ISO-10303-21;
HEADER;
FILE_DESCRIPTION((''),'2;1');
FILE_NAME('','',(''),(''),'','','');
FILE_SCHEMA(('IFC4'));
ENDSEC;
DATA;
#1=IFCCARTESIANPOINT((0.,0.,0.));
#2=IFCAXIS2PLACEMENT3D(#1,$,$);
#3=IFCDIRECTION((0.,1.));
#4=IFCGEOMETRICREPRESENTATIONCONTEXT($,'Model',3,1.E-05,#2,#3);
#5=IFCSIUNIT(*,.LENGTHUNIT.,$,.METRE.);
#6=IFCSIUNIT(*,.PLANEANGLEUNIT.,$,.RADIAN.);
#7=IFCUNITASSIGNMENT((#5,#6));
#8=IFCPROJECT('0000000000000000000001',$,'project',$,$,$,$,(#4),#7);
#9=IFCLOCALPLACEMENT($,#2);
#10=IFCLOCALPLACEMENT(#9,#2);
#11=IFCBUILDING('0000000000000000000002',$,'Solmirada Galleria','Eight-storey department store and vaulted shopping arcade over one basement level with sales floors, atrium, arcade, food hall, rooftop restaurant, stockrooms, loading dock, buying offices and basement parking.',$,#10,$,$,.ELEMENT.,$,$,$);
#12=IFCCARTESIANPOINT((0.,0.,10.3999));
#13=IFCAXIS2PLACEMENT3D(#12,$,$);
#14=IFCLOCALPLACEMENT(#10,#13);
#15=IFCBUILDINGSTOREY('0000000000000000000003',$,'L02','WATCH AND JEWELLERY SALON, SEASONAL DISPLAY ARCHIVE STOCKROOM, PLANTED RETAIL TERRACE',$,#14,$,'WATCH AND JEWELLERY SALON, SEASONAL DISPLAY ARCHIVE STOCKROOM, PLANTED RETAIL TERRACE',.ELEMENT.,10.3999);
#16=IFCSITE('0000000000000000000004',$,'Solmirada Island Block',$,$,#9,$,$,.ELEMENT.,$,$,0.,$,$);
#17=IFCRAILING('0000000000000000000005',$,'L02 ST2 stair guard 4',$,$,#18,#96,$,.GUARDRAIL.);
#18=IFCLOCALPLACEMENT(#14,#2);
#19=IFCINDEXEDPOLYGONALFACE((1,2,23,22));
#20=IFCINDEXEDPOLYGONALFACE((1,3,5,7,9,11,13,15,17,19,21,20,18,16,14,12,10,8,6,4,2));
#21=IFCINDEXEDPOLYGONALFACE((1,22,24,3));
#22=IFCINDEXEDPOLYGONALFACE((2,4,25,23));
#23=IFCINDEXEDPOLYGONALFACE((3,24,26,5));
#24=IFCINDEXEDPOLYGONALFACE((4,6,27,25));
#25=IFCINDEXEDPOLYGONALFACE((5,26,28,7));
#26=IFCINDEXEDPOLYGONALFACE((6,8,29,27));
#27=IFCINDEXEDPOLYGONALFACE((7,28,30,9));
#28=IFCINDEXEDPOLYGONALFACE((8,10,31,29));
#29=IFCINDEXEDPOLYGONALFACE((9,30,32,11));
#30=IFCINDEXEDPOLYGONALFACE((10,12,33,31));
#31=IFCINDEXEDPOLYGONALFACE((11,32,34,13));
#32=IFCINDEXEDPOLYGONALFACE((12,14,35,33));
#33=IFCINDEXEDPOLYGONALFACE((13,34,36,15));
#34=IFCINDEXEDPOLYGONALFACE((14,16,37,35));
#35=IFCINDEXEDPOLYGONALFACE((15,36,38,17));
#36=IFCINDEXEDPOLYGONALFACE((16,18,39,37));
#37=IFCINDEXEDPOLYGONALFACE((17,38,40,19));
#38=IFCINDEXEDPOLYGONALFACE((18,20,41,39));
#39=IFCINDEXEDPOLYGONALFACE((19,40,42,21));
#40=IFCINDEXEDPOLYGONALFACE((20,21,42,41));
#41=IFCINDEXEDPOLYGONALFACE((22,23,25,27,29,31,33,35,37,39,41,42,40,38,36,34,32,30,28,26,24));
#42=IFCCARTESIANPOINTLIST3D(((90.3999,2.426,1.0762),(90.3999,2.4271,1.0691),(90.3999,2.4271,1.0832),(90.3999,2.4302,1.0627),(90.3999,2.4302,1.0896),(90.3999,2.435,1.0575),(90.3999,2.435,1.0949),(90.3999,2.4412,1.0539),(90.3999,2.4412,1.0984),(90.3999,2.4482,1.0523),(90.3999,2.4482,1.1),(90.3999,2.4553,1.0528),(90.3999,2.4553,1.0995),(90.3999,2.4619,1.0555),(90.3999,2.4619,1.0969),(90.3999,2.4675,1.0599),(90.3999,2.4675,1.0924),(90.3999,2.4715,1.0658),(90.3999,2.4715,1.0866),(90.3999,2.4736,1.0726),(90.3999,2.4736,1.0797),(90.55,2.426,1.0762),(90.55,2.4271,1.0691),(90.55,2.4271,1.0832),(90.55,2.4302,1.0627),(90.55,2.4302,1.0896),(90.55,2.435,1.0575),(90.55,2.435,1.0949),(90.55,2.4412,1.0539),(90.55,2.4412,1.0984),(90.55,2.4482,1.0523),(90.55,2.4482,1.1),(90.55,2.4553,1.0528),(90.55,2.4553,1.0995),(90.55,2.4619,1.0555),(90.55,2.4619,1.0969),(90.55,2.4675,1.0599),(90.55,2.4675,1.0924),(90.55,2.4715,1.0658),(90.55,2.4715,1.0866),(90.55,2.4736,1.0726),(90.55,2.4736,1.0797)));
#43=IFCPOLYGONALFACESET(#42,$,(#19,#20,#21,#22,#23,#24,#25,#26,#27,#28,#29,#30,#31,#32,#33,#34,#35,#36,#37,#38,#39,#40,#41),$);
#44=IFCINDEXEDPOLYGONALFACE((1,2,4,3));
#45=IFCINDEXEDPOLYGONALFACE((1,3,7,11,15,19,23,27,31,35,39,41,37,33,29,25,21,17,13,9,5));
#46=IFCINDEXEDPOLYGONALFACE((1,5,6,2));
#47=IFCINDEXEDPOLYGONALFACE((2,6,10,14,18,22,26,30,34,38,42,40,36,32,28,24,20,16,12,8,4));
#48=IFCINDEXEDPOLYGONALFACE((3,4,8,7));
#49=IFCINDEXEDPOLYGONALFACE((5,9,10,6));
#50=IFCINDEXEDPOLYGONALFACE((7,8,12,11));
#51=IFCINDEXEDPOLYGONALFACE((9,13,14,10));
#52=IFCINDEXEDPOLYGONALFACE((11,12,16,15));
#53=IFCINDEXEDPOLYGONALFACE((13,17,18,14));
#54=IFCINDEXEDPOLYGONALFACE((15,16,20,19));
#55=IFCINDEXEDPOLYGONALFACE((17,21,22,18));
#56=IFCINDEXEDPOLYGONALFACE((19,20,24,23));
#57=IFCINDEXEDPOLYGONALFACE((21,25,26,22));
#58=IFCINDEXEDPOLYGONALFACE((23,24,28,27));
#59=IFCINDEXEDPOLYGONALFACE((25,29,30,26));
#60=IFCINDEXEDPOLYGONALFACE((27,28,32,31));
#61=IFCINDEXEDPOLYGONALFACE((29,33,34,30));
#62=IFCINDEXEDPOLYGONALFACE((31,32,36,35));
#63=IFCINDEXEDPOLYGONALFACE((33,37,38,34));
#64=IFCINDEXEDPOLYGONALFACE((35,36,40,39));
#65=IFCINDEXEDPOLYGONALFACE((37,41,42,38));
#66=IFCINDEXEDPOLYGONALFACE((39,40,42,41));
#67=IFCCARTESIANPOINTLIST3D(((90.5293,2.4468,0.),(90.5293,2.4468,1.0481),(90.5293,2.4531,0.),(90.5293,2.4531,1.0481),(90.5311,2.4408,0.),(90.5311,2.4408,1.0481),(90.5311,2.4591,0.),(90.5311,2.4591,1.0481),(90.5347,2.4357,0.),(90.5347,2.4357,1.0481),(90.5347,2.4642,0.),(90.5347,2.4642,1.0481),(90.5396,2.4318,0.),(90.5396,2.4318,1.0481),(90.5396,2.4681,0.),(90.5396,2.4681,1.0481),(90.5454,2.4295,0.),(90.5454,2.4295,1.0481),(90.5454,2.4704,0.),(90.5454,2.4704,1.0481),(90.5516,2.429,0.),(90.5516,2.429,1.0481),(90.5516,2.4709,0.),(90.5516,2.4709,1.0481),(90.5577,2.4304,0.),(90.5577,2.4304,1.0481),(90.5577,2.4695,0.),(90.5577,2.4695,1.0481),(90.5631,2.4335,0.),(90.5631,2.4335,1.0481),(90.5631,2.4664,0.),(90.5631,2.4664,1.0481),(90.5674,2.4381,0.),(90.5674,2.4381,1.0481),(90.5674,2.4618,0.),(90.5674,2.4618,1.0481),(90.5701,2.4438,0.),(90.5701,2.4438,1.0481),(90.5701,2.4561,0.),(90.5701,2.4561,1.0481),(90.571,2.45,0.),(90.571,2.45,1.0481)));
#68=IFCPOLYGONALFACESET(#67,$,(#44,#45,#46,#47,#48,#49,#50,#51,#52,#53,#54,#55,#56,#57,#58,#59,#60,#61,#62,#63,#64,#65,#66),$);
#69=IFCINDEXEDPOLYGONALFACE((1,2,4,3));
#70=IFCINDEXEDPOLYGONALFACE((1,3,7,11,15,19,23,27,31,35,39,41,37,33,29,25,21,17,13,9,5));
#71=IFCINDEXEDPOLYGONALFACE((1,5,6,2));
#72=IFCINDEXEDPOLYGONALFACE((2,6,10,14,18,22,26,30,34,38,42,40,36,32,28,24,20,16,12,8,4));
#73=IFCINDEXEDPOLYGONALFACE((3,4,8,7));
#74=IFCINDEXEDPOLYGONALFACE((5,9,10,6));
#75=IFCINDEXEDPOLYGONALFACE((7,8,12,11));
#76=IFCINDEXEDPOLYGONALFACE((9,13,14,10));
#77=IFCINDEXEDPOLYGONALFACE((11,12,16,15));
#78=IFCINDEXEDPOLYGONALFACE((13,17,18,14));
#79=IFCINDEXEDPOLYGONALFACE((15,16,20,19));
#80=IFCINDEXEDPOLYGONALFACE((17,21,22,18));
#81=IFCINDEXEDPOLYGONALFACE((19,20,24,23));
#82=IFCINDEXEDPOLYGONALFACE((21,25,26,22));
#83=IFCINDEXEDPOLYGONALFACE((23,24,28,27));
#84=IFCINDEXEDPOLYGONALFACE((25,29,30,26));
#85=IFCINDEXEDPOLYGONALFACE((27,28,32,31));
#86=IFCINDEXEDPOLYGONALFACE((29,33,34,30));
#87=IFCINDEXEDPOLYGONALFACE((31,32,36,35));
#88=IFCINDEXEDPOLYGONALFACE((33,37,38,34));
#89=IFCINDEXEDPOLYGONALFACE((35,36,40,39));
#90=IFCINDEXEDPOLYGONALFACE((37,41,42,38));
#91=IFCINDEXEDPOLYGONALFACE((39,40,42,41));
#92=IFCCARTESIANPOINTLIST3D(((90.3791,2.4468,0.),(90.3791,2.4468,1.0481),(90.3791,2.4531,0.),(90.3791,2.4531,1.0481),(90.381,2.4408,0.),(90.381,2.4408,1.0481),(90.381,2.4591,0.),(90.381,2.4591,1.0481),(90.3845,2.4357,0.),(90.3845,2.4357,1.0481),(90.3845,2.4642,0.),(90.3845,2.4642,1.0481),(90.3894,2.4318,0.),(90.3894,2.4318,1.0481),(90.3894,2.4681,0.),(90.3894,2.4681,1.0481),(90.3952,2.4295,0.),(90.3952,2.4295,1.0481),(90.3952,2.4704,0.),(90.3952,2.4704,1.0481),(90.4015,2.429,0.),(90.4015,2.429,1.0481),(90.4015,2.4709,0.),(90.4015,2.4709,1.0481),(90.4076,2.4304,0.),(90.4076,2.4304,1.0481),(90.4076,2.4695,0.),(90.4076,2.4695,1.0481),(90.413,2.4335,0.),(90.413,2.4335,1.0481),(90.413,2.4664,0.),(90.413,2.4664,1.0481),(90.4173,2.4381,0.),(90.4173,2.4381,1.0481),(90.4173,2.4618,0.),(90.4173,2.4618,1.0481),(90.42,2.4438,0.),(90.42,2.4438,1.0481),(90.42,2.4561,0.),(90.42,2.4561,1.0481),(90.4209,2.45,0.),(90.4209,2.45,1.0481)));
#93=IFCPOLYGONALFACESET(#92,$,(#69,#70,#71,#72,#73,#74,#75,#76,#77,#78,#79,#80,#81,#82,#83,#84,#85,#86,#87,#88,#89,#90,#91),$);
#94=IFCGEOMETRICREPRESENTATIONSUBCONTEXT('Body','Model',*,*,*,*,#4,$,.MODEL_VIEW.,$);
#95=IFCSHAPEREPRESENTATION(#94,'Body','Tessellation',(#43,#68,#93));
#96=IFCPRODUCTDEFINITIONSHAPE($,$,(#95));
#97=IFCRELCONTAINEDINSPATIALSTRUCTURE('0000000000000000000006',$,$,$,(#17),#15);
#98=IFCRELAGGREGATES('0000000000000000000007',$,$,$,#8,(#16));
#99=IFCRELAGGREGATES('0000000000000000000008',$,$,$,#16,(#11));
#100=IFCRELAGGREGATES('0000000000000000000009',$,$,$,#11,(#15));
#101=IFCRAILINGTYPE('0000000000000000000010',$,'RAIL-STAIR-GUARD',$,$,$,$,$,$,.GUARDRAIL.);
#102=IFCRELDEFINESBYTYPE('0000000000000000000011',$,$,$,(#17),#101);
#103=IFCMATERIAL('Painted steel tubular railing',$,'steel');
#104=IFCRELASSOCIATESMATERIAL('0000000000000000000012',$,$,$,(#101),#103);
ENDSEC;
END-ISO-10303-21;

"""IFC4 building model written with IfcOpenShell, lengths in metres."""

from ifc_helpers import new_model, si_unit, direction, frame, origin, origin_2d, place, context, subcontext, project, spatial, circle, extrude, material, type_object, element, save


model = new_model("IFC4")

# Units and contexts
model_context = context("Model", 3, precision=1e-05, world=origin(), true_north=direction((0.0, 1.0)))
body_context = subcontext(model_context, "Body", "Model", "MODEL_VIEW")
ifc_project = project(units=[si_unit("LENGTHUNIT", "METRE"), si_unit("PLANEANGLEUNIT", "RADIAN")], contexts=[model_context])

# Site, building, storey
site_placement = place(None, origin())
site = spatial("IfcSite", under=ifc_project, at=site_placement, Name="Solmirada Island Block", CompositionType="ELEMENT", RefElevation=0.0)
building_placement = place(site_placement, origin())
building = spatial("IfcBuilding", under=site, at=building_placement, Name="Solmirada Galleria", Description="Eight-storey department store and vaulted shopping arcade over one basement level with sales floors, atrium, arcade, food hall, rooftop restaurant, stockrooms, loading dock, buying offices and basement parking.", CompositionType="ELEMENT")
storey_placement = place(building_placement, frame((0.0, 0.0, 10.3999)))
storey = spatial("IfcBuildingStorey", under=building, at=storey_placement, Name="L02", Description="WATCH AND JEWELLERY SALON, SEASONAL DISPLAY ARCHIVE STOCKROOM, PLANTED RETAIL TERRACE", LongName="WATCH AND JEWELLERY SALON, SEASONAL DISPLAY ARCHIVE STOCKROOM, PLANTED RETAIL TERRACE", CompositionType="ELEMENT", Elevation=10.3999)

# Railing
ifc_material_1 = material(Name="Painted steel tubular railing", Category="steel")
railing_type_1 = type_object("IfcRailingType", Name="RAIL-STAIR-GUARD", PredefinedType="GUARDRAIL", material=ifc_material_1)
railing_1_placement = place(storey_placement, frame((90.55, 2.45, 0.0)))
element("IfcRailing", 1, at=railing_1_placement, inside=storey, type_object=railing_type_1, Name="L02 ST2 stair guard 4", PredefinedType="GUARDRAIL", context=body_context, shape_type="SweptSolid", body=[
    extrude(circle(Radius=0.0239, at=origin_2d()), frame((0.0, 0.0, 1.0762), z_axis=(-1.0, 0.0, 0.0), x_axis=(0.0, -1.0, 0.0)), (0.0, 0.0, 1.0), 0.1501),
    extrude(circle(Radius=0.021, at=origin_2d()), origin(), (0.0, 0.0, 1.0), 1.0481),
    extrude(circle(Radius=0.021, at=origin_2d()), frame((-0.1501, 0.0, 0.0)), (0.0, 0.0, 1.0), 1.0481),
])

save(model, "model.ifc")
